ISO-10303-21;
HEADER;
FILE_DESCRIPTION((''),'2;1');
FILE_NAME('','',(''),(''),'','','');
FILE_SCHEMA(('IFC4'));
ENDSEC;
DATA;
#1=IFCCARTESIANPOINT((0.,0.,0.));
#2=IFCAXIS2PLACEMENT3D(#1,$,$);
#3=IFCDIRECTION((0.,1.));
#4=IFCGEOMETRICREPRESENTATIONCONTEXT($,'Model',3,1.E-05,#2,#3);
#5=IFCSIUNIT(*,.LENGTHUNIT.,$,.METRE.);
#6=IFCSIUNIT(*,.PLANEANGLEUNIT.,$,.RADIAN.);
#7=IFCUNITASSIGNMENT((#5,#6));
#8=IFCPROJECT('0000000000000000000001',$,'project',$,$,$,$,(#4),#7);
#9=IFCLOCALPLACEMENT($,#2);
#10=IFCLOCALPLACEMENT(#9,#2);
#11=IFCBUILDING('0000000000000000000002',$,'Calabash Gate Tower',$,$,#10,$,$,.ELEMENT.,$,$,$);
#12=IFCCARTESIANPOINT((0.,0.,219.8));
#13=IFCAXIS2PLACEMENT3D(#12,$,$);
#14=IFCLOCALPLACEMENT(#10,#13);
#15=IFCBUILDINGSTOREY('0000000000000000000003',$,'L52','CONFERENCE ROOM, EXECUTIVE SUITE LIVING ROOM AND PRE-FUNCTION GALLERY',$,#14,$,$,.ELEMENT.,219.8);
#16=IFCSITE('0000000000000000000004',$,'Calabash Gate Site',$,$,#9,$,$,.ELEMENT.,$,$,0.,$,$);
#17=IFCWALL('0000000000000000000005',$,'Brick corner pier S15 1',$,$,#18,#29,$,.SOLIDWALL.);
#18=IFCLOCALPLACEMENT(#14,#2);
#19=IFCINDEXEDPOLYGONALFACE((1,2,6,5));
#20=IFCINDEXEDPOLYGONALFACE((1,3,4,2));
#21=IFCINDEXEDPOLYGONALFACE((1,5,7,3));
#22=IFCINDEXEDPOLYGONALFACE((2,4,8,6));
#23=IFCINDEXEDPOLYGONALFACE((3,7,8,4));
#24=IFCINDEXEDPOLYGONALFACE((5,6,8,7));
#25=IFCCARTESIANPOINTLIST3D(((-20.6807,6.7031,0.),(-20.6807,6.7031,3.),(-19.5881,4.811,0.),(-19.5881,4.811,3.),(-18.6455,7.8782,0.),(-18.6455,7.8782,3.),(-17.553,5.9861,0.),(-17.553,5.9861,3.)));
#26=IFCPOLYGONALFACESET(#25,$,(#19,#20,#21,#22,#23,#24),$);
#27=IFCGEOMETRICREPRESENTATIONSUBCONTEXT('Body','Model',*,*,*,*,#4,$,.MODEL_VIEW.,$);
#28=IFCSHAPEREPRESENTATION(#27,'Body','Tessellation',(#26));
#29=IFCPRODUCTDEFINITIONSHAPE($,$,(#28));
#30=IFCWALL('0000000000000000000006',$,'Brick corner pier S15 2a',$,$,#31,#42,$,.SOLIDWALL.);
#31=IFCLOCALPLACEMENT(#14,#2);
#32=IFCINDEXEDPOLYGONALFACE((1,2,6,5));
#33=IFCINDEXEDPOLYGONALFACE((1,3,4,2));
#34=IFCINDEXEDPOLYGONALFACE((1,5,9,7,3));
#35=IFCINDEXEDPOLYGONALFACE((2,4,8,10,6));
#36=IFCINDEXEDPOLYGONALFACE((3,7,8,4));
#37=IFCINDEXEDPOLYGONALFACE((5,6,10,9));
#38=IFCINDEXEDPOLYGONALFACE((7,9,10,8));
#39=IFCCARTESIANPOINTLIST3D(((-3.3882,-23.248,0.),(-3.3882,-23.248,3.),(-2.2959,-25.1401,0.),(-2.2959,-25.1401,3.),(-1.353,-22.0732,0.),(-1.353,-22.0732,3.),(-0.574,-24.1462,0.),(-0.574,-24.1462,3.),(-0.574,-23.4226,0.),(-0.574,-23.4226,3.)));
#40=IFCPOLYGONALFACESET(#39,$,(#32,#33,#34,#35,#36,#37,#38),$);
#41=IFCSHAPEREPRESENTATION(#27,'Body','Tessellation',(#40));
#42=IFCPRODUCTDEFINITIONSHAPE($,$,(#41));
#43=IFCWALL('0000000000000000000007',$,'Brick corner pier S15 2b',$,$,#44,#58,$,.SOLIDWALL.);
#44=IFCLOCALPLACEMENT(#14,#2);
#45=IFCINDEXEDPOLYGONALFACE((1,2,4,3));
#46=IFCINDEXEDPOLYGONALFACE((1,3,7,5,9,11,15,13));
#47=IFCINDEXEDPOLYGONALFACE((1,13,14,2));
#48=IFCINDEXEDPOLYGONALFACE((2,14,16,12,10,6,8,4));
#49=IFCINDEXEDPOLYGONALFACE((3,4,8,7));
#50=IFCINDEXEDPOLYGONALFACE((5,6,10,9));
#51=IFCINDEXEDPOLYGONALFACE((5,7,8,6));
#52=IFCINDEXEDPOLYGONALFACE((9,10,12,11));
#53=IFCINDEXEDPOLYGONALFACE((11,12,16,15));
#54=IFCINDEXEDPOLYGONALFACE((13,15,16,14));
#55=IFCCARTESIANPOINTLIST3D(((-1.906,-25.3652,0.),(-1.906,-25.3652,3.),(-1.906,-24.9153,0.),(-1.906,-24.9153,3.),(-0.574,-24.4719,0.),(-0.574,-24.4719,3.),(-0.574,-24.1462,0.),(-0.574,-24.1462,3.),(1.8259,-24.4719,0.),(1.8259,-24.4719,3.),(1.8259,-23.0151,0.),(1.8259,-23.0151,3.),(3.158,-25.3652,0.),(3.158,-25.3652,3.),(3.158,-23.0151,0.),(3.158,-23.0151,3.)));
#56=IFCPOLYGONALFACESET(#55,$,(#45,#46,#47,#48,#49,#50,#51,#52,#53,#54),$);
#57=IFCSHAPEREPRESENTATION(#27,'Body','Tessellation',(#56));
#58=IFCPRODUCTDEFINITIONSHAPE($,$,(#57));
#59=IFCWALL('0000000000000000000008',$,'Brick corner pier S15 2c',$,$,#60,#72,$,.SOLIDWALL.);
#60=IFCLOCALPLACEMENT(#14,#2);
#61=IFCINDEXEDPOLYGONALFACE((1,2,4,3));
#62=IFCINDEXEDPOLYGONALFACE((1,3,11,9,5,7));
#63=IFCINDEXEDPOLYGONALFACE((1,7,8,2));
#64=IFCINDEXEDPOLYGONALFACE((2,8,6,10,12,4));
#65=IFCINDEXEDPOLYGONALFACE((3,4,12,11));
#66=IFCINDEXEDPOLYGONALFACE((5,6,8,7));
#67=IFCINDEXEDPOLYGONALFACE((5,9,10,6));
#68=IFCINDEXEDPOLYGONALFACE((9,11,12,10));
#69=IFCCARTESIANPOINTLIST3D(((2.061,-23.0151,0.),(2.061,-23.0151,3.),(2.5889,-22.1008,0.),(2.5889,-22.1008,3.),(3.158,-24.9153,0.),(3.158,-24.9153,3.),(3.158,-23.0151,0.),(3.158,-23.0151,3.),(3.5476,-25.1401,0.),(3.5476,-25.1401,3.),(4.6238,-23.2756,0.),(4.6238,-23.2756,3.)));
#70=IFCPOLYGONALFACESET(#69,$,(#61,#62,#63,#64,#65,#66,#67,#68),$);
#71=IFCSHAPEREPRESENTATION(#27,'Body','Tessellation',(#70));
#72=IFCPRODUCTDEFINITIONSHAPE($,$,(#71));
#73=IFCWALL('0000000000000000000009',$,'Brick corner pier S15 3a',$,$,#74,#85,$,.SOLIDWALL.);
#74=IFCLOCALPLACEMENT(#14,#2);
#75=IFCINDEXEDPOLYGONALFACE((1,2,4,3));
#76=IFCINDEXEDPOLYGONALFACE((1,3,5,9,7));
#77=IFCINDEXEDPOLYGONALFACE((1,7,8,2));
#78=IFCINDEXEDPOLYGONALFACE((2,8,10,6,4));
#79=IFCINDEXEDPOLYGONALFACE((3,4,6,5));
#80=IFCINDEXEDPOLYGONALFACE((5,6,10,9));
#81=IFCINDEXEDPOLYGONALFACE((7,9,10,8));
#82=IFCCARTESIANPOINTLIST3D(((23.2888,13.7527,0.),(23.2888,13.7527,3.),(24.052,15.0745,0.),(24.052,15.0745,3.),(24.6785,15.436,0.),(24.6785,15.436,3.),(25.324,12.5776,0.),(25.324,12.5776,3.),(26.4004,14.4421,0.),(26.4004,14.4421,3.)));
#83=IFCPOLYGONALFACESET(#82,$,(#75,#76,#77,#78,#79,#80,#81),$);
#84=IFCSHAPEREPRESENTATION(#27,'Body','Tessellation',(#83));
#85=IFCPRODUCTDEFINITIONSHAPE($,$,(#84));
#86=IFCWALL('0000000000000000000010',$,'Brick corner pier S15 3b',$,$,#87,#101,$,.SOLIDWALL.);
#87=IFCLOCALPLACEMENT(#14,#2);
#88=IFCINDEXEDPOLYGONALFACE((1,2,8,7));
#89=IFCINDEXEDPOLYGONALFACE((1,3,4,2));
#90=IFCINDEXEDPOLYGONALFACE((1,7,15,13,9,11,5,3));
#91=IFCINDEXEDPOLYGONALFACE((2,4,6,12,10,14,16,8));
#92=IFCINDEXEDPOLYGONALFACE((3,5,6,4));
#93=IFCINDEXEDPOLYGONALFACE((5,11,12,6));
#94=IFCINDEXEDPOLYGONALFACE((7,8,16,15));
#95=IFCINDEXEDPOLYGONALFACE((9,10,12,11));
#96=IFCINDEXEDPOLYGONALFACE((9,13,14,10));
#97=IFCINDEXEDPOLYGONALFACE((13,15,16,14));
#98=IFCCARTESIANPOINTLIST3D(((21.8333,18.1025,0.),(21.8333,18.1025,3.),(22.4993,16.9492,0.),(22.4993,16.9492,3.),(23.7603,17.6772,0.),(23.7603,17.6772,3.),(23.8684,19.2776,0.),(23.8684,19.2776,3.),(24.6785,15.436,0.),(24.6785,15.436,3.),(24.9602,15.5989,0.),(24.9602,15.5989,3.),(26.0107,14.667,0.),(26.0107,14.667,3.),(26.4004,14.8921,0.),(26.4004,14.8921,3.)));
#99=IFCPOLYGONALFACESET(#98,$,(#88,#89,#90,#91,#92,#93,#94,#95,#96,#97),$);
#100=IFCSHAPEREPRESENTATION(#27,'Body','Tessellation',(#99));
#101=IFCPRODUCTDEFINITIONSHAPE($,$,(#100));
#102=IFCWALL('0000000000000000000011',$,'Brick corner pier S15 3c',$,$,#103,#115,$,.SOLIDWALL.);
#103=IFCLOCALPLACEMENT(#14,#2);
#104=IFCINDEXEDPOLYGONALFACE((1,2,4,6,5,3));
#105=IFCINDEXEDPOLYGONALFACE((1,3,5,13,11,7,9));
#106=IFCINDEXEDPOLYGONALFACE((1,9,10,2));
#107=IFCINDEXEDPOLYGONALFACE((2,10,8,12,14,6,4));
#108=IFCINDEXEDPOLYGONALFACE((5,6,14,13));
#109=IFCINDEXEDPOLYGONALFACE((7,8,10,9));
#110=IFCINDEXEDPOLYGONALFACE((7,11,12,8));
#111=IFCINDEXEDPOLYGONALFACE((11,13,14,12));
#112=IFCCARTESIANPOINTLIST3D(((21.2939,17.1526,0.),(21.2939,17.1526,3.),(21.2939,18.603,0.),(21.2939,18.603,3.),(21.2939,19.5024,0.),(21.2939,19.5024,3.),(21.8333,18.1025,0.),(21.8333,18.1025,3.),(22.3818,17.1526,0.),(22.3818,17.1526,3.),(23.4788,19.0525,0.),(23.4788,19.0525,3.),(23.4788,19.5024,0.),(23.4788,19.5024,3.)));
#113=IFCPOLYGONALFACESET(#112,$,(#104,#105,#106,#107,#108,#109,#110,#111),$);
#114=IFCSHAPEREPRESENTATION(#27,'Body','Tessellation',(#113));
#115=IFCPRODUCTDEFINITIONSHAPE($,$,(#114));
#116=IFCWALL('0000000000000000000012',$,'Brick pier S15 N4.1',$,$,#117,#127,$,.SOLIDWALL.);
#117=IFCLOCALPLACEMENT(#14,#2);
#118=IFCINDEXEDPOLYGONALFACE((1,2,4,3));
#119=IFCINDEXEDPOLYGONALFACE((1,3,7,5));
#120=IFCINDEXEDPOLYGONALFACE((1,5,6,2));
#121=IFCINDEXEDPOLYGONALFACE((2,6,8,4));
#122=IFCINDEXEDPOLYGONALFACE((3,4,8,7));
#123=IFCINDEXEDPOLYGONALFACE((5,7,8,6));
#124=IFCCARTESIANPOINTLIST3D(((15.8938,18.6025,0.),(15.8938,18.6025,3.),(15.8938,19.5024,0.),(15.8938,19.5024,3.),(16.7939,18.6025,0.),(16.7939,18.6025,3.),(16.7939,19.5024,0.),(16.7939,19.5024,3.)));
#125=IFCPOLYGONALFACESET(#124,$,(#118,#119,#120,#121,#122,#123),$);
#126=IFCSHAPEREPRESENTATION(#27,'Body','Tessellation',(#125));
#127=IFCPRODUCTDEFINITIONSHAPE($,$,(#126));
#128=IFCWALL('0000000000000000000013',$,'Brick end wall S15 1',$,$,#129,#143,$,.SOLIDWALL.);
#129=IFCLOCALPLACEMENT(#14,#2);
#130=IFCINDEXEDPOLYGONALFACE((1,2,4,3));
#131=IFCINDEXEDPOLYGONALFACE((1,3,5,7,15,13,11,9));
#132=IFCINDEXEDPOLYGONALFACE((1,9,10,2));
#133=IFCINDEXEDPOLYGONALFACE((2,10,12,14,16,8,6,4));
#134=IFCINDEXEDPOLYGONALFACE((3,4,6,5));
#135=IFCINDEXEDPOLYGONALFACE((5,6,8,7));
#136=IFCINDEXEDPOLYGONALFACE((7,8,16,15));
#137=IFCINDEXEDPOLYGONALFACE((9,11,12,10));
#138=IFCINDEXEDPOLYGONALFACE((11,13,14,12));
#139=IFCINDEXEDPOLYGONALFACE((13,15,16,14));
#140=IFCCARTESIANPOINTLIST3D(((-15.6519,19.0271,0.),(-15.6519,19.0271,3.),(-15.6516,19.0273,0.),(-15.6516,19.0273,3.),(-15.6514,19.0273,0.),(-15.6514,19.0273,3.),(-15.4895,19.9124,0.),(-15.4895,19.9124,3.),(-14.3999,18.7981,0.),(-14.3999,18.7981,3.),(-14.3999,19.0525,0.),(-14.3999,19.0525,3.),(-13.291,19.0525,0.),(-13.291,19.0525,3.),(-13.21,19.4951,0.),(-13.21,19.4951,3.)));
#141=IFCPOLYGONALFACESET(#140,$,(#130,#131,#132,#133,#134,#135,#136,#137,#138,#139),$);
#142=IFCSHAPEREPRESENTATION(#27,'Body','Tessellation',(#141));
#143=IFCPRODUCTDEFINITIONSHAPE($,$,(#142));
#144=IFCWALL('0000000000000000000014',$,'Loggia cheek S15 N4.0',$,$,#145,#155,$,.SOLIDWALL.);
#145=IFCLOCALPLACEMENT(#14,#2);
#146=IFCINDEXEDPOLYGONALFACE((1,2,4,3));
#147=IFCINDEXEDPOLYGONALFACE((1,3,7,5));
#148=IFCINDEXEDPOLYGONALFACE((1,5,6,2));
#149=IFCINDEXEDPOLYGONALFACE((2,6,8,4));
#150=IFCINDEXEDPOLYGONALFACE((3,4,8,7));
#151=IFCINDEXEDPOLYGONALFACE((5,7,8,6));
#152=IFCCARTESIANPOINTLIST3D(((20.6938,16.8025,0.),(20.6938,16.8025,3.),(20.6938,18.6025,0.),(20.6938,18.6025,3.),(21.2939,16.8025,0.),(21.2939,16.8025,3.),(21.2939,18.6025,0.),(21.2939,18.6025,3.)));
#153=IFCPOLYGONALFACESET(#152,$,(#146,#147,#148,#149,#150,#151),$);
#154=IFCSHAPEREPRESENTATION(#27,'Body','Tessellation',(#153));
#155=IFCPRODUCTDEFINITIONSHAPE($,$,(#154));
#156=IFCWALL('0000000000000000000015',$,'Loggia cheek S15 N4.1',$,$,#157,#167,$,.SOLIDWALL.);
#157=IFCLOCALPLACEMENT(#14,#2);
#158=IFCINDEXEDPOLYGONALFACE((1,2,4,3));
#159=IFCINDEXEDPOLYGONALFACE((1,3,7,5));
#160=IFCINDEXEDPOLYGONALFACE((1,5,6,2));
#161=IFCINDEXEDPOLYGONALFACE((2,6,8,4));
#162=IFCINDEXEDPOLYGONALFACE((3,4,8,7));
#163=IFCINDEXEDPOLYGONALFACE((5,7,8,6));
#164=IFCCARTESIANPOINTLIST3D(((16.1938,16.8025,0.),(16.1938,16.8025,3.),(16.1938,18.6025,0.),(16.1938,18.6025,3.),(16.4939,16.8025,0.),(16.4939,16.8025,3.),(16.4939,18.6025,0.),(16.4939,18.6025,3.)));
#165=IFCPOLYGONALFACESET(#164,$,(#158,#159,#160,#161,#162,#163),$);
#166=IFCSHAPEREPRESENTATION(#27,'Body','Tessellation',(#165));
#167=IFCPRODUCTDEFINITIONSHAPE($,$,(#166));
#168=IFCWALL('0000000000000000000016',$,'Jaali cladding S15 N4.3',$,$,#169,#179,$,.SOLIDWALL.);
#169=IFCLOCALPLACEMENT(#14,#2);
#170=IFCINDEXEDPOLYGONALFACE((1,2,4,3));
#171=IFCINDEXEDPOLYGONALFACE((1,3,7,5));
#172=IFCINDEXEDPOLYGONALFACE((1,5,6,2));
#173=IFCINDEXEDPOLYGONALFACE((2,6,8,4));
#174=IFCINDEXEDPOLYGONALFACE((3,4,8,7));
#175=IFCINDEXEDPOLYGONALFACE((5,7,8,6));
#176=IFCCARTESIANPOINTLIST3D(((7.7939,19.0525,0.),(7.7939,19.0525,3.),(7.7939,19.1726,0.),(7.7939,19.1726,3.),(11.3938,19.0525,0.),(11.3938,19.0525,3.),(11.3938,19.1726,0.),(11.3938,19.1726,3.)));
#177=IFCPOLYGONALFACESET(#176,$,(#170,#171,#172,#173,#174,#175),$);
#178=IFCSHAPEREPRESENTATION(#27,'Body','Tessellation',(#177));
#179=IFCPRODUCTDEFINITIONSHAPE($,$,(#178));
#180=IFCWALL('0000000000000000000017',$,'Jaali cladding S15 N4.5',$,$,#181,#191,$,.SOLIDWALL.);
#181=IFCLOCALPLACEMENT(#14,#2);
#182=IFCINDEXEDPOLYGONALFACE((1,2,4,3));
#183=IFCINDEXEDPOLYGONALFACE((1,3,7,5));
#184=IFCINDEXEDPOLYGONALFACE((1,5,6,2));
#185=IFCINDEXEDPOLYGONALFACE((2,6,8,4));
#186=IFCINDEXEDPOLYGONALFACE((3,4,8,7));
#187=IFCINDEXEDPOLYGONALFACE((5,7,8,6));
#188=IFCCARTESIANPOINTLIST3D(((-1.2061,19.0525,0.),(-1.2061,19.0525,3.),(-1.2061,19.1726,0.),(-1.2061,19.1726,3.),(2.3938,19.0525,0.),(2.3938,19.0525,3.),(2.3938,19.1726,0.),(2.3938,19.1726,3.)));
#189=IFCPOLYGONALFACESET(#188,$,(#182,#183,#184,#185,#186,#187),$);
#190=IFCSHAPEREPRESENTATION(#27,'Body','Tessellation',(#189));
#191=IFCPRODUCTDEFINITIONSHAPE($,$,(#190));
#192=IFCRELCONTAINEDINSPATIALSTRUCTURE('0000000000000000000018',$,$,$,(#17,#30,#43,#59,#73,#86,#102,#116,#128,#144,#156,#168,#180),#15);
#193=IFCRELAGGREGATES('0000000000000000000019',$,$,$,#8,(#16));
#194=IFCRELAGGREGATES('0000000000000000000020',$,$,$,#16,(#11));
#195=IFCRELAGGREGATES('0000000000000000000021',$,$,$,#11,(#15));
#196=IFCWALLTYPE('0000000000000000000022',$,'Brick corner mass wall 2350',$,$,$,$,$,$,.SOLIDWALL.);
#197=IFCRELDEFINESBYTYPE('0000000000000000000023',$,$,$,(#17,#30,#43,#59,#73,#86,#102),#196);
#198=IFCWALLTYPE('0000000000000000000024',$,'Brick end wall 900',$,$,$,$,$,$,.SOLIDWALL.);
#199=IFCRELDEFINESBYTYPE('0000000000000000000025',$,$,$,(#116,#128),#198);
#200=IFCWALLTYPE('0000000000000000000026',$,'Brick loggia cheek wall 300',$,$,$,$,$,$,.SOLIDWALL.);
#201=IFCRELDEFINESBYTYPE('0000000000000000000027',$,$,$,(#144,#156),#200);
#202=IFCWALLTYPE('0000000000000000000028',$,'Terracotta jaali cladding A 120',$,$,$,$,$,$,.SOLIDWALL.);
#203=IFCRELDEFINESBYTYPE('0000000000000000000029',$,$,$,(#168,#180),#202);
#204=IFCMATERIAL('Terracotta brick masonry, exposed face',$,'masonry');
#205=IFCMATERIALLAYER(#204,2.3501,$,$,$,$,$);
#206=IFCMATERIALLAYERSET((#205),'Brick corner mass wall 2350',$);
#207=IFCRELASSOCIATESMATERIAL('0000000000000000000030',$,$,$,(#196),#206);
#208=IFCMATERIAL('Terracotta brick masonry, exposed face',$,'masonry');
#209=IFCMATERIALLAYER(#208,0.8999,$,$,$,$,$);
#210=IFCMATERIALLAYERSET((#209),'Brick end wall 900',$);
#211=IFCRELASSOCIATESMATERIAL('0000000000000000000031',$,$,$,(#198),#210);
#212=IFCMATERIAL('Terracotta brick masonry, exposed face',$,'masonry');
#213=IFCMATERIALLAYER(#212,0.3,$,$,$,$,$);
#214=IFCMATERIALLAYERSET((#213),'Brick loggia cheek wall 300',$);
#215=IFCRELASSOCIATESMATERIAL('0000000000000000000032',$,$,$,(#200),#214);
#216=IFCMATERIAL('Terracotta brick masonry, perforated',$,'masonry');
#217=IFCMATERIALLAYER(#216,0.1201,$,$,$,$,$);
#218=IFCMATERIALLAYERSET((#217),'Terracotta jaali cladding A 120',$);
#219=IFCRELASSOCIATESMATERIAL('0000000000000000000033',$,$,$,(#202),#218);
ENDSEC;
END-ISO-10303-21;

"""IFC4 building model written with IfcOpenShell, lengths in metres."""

from ifc_helpers import new_model, si_unit, direction, frame, origin, place, context, subcontext, project, spatial, polyline, outline, extrude, material, layer, layer_set, type_object, element, save


model = new_model("IFC4")

# Units and contexts
model_context = context("Model", 3, precision=1e-05, world=origin(), true_north=direction((0.0, 1.0)))
body_context = subcontext(model_context, "Body", "Model", "MODEL_VIEW")
ifc_project = project(units=[si_unit("LENGTHUNIT", "METRE"), si_unit("PLANEANGLEUNIT", "RADIAN")], contexts=[model_context])

# Site, building, storey
site_placement = place(None, origin())
site = spatial("IfcSite", under=ifc_project, at=site_placement, Name="Calabash Gate Site", CompositionType="ELEMENT", RefElevation=0.0)
building_placement = place(site_placement, origin())
building = spatial("IfcBuilding", under=site, at=building_placement, Name="Calabash Gate Tower", CompositionType="ELEMENT")
storey_placement = place(building_placement, frame((0.0, 0.0, 219.8)))
storey = spatial("IfcBuildingStorey", under=building, at=storey_placement, Name="L52", Description="CONFERENCE ROOM, EXECUTIVE SUITE LIVING ROOM AND PRE-FUNCTION GALLERY", CompositionType="ELEMENT", Elevation=219.8)

# Walls
ifc_material_1 = material(Name="Terracotta brick masonry, exposed face", Category="masonry")
ifc_layer_1 = layer(ifc_material_1, 2.3501)
ifc_layer_set_1 = layer_set([ifc_layer_1], Name="Brick corner mass wall 2350")
wall_type_1 = type_object("IfcWallType", Name="Brick corner mass wall 2350", PredefinedType="SOLIDWALL", material=ifc_layer_set_1)
wall_1_placement = place(storey_placement, origin())
element("IfcWall", 1, at=wall_1_placement, inside=storey, type_object=wall_type_1, Name="Brick corner pier S15 1", PredefinedType="SOLIDWALL", context=body_context, shape_type="SweptSolid", body=[
    extrude(outline(polyline([(-19.5881, 4.811), (-17.553, 5.9861), (-18.6455, 7.8782), (-20.6807, 6.7031), (-19.5881, 4.811)])), origin(), (0.0, 0.0, 1.0), 3.0),
])
wall_2_placement = place(storey_placement, origin())
element("IfcWall", 2, at=wall_2_placement, inside=storey, type_object=wall_type_1, Name="Brick corner pier S15 2a", PredefinedType="SOLIDWALL", context=body_context, shape_type="SweptSolid", body=[
    extrude(outline(polyline([(-0.574, -23.4226), (-1.353, -22.0732), (-3.3882, -23.248), (-2.2959, -25.1401), (-0.574, -24.1462), (-0.574, -23.4226)])), origin(), (0.0, 0.0, 1.0), 3.0),
])
wall_3_placement = place(storey_placement, origin())
element("IfcWall", 3, at=wall_3_placement, inside=storey, type_object=wall_type_1, Name="Brick corner pier S15 2b", PredefinedType="SOLIDWALL", context=body_context, shape_type="SweptSolid", body=[
    extrude(outline(polyline([(1.8259, -24.4719), (-0.574, -24.4719), (-0.574, -24.1462), (-1.906, -24.9153), (-1.906, -25.3652), (3.158, -25.3652), (3.158, -23.0151), (1.8259, -23.0151), (1.8259, -24.4719)])), origin(), (0.0, 0.0, 1.0), 3.0),
])
wall_4_placement = place(storey_placement, origin())
element("IfcWall", 4, at=wall_4_placement, inside=storey, type_object=wall_type_1, Name="Brick corner pier S15 2c", PredefinedType="SOLIDWALL", context=body_context, shape_type="SweptSolid", body=[
    extrude(outline(polyline([(4.6238, -23.2756), (2.5889, -22.1008), (2.061, -23.0151), (3.158, -23.0151), (3.158, -24.9153), (3.5476, -25.1401), (4.6238, -23.2756)])), origin(), (0.0, 0.0, 1.0), 3.0),
])
wall_5_placement = place(storey_placement, origin())
element("IfcWall", 5, at=wall_5_placement, inside=storey, type_object=wall_type_1, Name="Brick corner pier S15 3a", PredefinedType="SOLIDWALL", context=body_context, shape_type="SweptSolid", body=[
    extrude(outline(polyline([(23.2888, 13.7527), (25.324, 12.5776), (26.4004, 14.4421), (24.6785, 15.436), (24.052, 15.0745), (23.2888, 13.7527)])), origin(), (0.0, 0.0, 1.0), 3.0),
])
wall_6_placement = place(storey_placement, origin())
element("IfcWall", 6, at=wall_6_placement, inside=storey, type_object=wall_type_1, Name="Brick corner pier S15 3b", PredefinedType="SOLIDWALL", context=body_context, shape_type="SweptSolid", body=[
    extrude(outline(polyline([(23.7603, 17.6772), (24.9602, 15.5989), (24.6785, 15.436), (26.0107, 14.667), (26.4004, 14.8921), (23.8684, 19.2776), (21.8333, 18.1025), (22.4993, 16.9492), (23.7603, 17.6772)])), origin(), (0.0, 0.0, 1.0), 3.0),
])
wall_7_placement = place(storey_placement, origin())
element("IfcWall", 7, at=wall_7_placement, inside=storey, type_object=wall_type_1, Name="Brick corner pier S15 3c", PredefinedType="SOLIDWALL", context=body_context, shape_type="SweptSolid", body=[
    extrude(outline(polyline([(21.2939, 18.603), (21.2939, 17.1526), (22.3818, 17.1526), (21.8333, 18.1025), (23.4788, 19.0525), (23.4788, 19.5024), (21.2939, 19.5024), (21.2939, 18.603), (21.2939, 18.603)])), origin(), (0.0, 0.0, 1.0), 3.0),
])
ifc_material_2 = material(Name="Terracotta brick masonry, exposed face", Category="masonry")
ifc_layer_2 = layer(ifc_material_2, 0.8999)
ifc_layer_set_2 = layer_set([ifc_layer_2], Name="Brick end wall 900")
wall_type_2 = type_object("IfcWallType", Name="Brick end wall 900", PredefinedType="SOLIDWALL", material=ifc_layer_set_2)
wall_8_placement = place(storey_placement, origin())
element("IfcWall", 8, at=wall_8_placement, inside=storey, type_object=wall_type_2, Name="Brick pier S15 N4.1", PredefinedType="SOLIDWALL", context=body_context, shape_type="SweptSolid", body=[
    extrude(outline(polyline([(16.7939, 19.5024), (15.8938, 19.5024), (15.8938, 18.6025), (16.7939, 18.6025), (16.7939, 19.5024)])), origin(), (0.0, 0.0, 1.0), 3.0),
])
wall_9_placement = place(storey_placement, origin())
element("IfcWall", 9, at=wall_9_placement, inside=storey, type_object=wall_type_2, Name="Brick end wall S15 1", PredefinedType="SOLIDWALL", context=body_context, shape_type="SweptSolid", body=[
    extrude(outline(polyline([(-15.6516, 19.0273), (-15.6519, 19.0271), (-14.3999, 18.7981), (-14.3999, 19.0525), (-13.291, 19.0525), (-13.21, 19.4951), (-15.4895, 19.9124), (-15.6514, 19.0273), (-15.6516, 19.0273)])), origin(), (0.0, 0.0, 1.0), 3.0),
])
ifc_material_3 = material(Name="Terracotta brick masonry, exposed face", Category="masonry")
ifc_layer_3 = layer(ifc_material_3, 0.3)
ifc_layer_set_3 = layer_set([ifc_layer_3], Name="Brick loggia cheek wall 300")
wall_type_3 = type_object("IfcWallType", Name="Brick loggia cheek wall 300", PredefinedType="SOLIDWALL", material=ifc_layer_set_3)
wall_10_placement = place(storey_placement, origin())
element("IfcWall", 10, at=wall_10_placement, inside=storey, type_object=wall_type_3, Name="Loggia cheek S15 N4.0", PredefinedType="SOLIDWALL", context=body_context, shape_type="SweptSolid", body=[
    extrude(outline(polyline([(21.2939, 16.8025), (21.2939, 18.6025), (20.6938, 18.6025), (20.6938, 16.8025), (21.2939, 16.8025)])), origin(), (0.0, 0.0, 1.0), 3.0),
])
wall_11_placement = place(storey_placement, origin())
element("IfcWall", 11, at=wall_11_placement, inside=storey, type_object=wall_type_3, Name="Loggia cheek S15 N4.1", PredefinedType="SOLIDWALL", context=body_context, shape_type="SweptSolid", body=[
    extrude(outline(polyline([(16.1938, 18.6025), (16.1938, 16.8025), (16.4939, 16.8025), (16.4939, 18.6025), (16.1938, 18.6025)])), origin(), (0.0, 0.0, 1.0), 3.0),
])
ifc_material_4 = material(Name="Terracotta brick masonry, perforated", Category="masonry")
ifc_layer_4 = layer(ifc_material_4, 0.1201)
ifc_layer_set_4 = layer_set([ifc_layer_4], Name="Terracotta jaali cladding A 120")
wall_type_4 = type_object("IfcWallType", Name="Terracotta jaali cladding A 120", PredefinedType="SOLIDWALL", material=ifc_layer_set_4)
wall_12_placement = place(storey_placement, origin())
element("IfcWall", 12, at=wall_12_placement, inside=storey, type_object=wall_type_4, Name="Jaali cladding S15 N4.3", PredefinedType="SOLIDWALL", context=body_context, shape_type="SweptSolid", body=[
    extrude(outline(polyline([(7.7939, 19.1726), (7.7939, 19.0525), (11.3938, 19.0525), (11.3938, 19.1726), (7.7939, 19.1726)])), origin(), (0.0, 0.0, 1.0), 3.0),
])
wall_13_placement = place(storey_placement, origin())
element("IfcWall", 13, at=wall_13_placement, inside=storey, type_object=wall_type_4, Name="Jaali cladding S15 N4.5", PredefinedType="SOLIDWALL", context=body_context, shape_type="SweptSolid", body=[
    extrude(outline(polyline([(-1.2061, 19.1726), (-1.2061, 19.0525), (2.3938, 19.0525), (2.3938, 19.1726), (-1.2061, 19.1726)])), origin(), (0.0, 0.0, 1.0), 3.0),
])

save(model, "model.ifc")
